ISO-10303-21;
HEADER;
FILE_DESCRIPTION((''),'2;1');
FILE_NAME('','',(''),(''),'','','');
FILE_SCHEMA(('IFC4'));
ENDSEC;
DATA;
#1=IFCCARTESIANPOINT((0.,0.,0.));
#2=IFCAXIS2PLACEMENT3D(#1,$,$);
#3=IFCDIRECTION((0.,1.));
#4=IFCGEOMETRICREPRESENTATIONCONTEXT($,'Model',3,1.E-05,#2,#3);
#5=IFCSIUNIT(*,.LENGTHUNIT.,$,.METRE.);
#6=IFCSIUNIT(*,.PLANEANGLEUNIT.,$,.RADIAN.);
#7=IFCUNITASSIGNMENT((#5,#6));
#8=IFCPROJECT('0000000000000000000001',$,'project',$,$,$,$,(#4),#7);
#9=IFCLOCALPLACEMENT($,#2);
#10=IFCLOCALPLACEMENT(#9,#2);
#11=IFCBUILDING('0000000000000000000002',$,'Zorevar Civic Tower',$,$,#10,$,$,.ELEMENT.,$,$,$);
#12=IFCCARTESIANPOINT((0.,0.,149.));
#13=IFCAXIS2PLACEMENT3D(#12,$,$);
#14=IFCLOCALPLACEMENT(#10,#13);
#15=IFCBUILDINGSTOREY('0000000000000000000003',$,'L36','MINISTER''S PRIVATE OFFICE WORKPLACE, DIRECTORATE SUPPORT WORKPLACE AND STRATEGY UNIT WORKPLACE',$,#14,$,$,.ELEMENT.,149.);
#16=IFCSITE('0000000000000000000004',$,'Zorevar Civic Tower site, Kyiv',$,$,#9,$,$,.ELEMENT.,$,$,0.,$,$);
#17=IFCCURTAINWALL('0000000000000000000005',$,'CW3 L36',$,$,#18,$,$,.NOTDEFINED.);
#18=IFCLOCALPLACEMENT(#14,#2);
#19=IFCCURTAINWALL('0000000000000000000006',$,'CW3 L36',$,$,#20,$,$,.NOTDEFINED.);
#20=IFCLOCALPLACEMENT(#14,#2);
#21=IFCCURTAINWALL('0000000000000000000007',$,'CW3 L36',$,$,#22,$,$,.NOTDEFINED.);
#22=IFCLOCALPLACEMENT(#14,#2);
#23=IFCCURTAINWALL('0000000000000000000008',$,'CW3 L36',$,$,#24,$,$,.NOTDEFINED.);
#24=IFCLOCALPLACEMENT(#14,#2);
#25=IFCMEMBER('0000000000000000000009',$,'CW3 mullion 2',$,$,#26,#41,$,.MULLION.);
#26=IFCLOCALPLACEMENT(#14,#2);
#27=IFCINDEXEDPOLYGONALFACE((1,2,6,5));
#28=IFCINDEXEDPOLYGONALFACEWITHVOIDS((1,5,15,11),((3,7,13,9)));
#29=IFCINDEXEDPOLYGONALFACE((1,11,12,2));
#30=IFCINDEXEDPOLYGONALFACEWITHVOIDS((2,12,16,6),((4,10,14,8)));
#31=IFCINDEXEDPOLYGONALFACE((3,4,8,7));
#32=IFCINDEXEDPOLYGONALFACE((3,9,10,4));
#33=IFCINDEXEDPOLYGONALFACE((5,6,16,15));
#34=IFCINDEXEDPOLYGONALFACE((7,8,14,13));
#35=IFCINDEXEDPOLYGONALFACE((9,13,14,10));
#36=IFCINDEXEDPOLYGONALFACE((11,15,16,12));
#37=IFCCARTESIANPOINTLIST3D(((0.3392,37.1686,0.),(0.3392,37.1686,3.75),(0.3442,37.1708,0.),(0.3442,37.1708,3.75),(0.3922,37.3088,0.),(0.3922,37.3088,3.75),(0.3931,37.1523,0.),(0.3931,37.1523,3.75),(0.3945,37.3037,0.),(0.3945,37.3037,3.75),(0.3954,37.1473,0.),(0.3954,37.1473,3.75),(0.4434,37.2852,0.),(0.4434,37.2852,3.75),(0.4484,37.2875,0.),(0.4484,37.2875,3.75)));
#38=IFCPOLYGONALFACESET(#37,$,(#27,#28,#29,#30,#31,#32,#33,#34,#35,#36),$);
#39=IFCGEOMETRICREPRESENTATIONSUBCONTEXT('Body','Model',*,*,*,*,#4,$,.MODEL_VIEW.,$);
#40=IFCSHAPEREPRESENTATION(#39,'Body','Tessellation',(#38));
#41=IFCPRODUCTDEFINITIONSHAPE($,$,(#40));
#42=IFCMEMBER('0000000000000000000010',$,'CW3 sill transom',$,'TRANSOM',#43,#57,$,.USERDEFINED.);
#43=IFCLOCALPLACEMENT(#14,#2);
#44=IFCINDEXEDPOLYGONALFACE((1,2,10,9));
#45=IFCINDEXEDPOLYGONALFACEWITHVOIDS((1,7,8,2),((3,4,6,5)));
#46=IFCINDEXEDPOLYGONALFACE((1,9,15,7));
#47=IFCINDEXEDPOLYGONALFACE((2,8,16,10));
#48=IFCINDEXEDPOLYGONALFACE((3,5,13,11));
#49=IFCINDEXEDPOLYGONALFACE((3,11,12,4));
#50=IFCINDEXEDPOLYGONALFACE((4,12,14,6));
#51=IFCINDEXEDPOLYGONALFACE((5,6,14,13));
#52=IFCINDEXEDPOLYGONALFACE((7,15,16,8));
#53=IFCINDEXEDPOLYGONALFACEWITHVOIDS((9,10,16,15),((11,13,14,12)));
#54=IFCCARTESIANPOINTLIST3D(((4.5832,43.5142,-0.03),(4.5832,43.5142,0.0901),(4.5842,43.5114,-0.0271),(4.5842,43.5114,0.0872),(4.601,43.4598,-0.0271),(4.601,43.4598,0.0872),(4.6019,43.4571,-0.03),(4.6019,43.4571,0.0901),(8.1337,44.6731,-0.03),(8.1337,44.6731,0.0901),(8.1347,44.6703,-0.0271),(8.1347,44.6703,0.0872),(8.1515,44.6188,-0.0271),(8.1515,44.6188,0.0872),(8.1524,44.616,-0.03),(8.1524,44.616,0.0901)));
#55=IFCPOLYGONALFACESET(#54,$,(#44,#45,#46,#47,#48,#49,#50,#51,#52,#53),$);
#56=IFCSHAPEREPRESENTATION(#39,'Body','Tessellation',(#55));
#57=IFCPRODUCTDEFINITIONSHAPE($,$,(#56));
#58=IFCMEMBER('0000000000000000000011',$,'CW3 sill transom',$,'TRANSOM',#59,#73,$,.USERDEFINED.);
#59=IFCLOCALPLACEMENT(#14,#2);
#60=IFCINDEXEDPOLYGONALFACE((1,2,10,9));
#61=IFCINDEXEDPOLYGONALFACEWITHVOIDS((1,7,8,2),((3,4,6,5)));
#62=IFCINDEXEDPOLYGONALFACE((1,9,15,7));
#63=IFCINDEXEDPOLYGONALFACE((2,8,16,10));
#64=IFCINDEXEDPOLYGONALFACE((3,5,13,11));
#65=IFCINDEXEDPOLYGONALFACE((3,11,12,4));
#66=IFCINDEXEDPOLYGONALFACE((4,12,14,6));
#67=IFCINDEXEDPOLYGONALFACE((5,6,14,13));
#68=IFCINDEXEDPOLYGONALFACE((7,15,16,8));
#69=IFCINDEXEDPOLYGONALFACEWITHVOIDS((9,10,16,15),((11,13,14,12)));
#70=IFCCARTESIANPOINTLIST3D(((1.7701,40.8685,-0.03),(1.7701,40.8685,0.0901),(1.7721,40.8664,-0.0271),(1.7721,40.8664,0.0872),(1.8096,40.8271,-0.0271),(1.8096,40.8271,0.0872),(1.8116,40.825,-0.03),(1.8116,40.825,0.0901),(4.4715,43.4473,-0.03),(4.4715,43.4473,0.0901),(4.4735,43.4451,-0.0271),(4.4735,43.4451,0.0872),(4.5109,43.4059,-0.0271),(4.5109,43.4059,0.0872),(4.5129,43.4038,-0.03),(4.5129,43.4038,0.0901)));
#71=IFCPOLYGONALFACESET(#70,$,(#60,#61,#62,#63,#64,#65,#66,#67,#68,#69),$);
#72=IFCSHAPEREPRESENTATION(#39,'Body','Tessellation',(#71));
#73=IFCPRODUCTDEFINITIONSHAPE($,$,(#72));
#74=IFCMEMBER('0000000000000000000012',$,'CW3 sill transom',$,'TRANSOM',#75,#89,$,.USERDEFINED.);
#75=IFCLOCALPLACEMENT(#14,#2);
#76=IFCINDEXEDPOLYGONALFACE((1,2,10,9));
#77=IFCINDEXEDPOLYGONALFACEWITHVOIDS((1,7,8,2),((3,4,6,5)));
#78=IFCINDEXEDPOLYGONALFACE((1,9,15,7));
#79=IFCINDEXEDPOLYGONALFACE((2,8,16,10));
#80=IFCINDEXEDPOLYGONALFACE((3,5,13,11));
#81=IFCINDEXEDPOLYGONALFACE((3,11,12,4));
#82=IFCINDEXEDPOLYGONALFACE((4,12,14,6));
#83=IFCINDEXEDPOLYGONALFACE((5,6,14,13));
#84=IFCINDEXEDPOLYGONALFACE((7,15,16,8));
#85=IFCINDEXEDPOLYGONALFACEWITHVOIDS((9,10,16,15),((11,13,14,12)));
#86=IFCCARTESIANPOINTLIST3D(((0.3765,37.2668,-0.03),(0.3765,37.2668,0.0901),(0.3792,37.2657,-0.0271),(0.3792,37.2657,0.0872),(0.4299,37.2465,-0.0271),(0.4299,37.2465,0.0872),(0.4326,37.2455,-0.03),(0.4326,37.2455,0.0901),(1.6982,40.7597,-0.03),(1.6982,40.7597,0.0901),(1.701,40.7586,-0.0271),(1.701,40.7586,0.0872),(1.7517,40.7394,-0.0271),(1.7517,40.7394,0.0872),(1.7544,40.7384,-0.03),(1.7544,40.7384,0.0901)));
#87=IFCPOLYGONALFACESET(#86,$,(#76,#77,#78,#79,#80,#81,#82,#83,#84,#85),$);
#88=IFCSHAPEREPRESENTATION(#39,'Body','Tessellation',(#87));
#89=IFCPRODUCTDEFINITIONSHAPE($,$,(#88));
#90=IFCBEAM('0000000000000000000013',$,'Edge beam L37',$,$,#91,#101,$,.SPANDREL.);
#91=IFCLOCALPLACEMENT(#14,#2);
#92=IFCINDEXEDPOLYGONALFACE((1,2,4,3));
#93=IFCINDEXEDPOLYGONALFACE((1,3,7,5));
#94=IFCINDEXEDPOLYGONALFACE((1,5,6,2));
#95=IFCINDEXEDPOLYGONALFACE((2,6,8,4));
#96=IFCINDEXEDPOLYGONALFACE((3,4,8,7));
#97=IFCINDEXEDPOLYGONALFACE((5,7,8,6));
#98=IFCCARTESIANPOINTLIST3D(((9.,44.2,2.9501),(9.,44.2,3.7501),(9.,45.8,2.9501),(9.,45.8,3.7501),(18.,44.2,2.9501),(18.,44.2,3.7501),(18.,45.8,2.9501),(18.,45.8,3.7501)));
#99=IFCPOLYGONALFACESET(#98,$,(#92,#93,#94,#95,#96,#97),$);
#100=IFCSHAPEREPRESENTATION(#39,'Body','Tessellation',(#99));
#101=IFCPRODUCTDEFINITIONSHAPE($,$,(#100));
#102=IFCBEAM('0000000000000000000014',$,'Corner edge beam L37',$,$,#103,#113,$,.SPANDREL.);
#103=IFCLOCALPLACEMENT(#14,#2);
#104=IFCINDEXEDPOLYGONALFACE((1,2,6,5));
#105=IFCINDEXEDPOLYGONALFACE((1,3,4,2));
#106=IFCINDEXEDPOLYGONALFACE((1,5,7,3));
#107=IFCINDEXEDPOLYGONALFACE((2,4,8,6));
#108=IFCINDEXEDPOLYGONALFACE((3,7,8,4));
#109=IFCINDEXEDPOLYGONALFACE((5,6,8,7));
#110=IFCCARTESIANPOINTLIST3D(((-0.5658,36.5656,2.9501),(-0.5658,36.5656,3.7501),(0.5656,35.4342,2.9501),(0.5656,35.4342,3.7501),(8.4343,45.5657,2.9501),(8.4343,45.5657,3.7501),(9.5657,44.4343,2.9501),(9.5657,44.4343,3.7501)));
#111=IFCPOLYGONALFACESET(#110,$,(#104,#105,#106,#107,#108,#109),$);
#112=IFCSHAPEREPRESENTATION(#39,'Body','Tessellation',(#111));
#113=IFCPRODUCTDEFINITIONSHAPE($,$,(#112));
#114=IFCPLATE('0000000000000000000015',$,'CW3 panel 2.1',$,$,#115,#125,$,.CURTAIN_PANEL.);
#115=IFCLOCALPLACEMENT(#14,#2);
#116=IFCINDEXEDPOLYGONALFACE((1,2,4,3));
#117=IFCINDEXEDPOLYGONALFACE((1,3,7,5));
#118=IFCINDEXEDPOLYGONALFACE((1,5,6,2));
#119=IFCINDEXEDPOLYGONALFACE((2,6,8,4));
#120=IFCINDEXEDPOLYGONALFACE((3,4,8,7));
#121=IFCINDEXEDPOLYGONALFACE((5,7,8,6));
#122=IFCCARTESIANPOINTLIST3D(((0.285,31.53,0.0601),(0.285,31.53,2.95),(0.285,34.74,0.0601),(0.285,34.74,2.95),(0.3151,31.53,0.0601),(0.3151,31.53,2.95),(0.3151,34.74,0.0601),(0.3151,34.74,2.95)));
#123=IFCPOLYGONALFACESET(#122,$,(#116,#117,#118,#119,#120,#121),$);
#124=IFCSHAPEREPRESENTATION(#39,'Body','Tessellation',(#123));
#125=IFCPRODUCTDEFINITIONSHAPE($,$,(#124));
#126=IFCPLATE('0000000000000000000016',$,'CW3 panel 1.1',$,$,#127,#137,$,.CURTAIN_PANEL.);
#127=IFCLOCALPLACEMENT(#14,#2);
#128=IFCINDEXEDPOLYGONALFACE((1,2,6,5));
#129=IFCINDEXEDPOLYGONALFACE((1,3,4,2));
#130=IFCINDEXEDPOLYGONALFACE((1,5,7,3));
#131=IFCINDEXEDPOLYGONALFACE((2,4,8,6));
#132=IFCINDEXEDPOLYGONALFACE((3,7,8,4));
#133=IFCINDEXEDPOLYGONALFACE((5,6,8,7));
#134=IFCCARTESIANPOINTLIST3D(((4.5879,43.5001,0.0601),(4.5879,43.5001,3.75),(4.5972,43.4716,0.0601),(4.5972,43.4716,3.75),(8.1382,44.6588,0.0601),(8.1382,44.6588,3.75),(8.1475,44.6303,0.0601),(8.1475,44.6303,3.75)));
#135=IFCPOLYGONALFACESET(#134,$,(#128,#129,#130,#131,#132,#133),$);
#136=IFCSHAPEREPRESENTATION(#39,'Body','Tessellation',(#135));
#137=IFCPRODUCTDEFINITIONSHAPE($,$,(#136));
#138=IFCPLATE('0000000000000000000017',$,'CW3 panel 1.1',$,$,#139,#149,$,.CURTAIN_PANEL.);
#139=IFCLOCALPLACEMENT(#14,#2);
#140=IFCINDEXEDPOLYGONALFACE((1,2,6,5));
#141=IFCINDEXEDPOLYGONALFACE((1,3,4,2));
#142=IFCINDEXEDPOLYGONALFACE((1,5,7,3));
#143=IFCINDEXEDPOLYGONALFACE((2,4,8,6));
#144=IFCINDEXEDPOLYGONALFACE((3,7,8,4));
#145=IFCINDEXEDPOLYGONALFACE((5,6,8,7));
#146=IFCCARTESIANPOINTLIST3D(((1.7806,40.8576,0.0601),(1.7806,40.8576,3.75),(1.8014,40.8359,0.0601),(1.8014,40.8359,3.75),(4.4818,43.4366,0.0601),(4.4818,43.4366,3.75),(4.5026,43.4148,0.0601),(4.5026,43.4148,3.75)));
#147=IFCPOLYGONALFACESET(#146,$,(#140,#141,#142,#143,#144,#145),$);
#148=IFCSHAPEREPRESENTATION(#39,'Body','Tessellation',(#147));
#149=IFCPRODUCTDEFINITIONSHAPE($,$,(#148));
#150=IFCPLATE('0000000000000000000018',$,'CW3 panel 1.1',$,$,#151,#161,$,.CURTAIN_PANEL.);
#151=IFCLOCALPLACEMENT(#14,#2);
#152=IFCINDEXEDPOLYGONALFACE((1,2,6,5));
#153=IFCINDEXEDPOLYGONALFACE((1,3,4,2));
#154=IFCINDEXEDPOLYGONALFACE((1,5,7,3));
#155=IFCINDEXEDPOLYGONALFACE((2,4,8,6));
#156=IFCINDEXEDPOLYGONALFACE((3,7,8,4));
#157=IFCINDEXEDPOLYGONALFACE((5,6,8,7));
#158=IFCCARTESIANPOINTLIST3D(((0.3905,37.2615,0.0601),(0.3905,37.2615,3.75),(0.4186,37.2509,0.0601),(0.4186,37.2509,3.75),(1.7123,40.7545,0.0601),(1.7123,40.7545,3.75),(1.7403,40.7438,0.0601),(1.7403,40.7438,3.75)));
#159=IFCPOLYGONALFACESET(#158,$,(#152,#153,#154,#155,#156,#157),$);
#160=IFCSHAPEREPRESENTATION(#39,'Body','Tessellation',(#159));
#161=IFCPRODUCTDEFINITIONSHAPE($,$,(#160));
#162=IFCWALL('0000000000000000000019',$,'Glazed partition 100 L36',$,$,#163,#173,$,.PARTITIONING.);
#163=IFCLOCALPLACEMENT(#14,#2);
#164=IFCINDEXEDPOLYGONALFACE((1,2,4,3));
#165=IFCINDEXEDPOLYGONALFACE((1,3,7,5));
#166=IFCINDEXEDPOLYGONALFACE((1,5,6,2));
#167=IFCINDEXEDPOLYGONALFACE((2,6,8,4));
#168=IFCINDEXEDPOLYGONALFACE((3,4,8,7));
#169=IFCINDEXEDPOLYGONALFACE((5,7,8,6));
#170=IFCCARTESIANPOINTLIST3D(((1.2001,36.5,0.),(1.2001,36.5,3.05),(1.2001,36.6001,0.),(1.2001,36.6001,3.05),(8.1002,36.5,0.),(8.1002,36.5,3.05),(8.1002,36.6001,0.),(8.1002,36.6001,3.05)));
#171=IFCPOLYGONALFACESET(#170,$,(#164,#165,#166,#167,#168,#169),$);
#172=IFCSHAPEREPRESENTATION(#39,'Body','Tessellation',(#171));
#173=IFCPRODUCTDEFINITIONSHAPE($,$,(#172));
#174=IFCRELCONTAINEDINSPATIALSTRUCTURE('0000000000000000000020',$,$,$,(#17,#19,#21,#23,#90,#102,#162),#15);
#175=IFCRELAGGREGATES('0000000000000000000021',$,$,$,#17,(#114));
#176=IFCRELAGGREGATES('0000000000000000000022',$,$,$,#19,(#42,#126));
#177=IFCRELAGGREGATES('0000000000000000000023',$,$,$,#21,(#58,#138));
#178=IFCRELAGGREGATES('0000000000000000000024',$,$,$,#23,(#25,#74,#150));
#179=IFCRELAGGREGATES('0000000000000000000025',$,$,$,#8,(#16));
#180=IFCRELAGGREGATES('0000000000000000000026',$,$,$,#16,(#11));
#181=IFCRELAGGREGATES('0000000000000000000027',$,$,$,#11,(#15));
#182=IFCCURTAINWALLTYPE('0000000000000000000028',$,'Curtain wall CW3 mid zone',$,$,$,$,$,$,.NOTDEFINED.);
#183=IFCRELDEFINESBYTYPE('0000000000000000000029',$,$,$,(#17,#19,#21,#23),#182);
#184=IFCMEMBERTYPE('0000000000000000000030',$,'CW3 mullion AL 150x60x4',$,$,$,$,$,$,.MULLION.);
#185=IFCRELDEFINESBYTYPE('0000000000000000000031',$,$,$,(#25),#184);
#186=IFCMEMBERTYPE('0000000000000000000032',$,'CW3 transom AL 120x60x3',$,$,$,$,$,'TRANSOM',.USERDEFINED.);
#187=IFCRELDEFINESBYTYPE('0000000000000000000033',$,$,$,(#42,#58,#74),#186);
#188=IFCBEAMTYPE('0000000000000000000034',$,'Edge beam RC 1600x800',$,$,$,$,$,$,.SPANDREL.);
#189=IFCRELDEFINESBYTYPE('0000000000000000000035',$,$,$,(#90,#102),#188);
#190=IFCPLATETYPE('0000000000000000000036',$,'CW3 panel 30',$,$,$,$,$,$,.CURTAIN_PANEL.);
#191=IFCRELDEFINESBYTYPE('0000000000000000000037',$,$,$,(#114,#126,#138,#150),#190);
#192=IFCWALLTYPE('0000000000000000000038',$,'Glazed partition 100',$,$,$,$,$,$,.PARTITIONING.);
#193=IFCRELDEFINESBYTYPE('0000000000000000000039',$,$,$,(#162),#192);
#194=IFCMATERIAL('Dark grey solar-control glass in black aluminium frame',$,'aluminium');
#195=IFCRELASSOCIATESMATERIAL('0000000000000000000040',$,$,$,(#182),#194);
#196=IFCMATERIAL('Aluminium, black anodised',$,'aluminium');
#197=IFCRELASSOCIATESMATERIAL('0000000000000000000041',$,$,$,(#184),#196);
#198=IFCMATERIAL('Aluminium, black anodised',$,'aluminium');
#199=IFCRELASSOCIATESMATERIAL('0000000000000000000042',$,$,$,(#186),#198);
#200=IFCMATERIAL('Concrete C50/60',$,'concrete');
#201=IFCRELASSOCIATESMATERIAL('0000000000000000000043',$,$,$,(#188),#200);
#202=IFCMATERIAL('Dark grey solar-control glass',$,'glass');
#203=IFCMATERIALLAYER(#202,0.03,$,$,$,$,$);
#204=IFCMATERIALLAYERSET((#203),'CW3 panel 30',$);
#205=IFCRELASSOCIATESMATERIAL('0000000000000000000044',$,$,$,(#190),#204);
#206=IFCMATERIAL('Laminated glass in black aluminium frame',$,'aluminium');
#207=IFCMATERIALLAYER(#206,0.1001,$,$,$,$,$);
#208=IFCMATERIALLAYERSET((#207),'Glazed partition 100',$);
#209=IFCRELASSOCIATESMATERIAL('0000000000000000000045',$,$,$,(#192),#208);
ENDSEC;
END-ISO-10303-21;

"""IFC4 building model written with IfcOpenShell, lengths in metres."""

from ifc_helpers import new_model, si_unit, direction, frame, frame_2d, origin, origin_2d, place, context, subcontext, project, spatial, rectangle, hollow_rectangle, extrude, material, layer, layer_set, material_profile, profile_set, type_object, element, aggregate, save


model = new_model("IFC4")

# Units and contexts
model_context = context("Model", 3, precision=1e-05, world=origin(), true_north=direction((0.0, 1.0)))
body_context = subcontext(model_context, "Body", "Model", "MODEL_VIEW")
ifc_project = project(units=[si_unit("LENGTHUNIT", "METRE"), si_unit("PLANEANGLEUNIT", "RADIAN")], contexts=[model_context])

# Site, building, storey
site_placement = place(None, origin())
site = spatial("IfcSite", under=ifc_project, at=site_placement, Name="Zorevar Civic Tower site, Kyiv", CompositionType="ELEMENT", RefElevation=0.0)
building_placement = place(site_placement, origin())
building = spatial("IfcBuilding", under=site, at=building_placement, Name="Zorevar Civic Tower", CompositionType="ELEMENT")
storey_placement = place(building_placement, frame((0.0, 0.0, 149.0)))
storey = spatial("IfcBuildingStorey", under=building, at=storey_placement, Name="L36", Description="MINISTER'S PRIVATE OFFICE WORKPLACE, DIRECTORATE SUPPORT WORKPLACE AND STRATEGY UNIT WORKPLACE", CompositionType="ELEMENT", Elevation=149.0)

# Curtain wall
ifc_material_1 = material(Name="Dark grey solar-control glass in black aluminium frame", Category="aluminium")
curtain_wall_type = type_object("IfcCurtainWallType", Name="Curtain wall CW3 mid zone", PredefinedType="NOTDEFINED", material=ifc_material_1)
curtain_wall_1_placement = place(storey_placement, origin())
curtain_wall_1 = element("IfcCurtainWall", 1, at=curtain_wall_1_placement, inside=storey, type_object=curtain_wall_type, Name="CW3 L36", PredefinedType="NOTDEFINED")
ifc_material_2 = material(Name="Aluminium, black anodised", Category="aluminium")
ifc_material_profile_1 = material_profile(ifc_material_2, hollow_rectangle(XDim=0.0601, YDim=0.1499, WallThickness=0.0039, at=origin_2d()), Name="AL 150x60x4")
ifc_profile_set_1 = profile_set([ifc_material_profile_1], Name="Aluminium, black anodised")
member_type_1 = type_object("IfcMemberType", Name="CW3 mullion AL 150x60x4", PredefinedType="MULLION", material=ifc_profile_set_1)

# Curtain walls, member
curtain_wall_2_placement = place(storey_placement, origin())
curtain_wall_2 = element("IfcCurtainWall", 2, at=curtain_wall_2_placement, inside=storey, type_object=curtain_wall_type, Name="CW3 L36", PredefinedType="NOTDEFINED")
curtain_wall_3_placement = place(storey_placement, origin())
curtain_wall_3 = element("IfcCurtainWall", 3, at=curtain_wall_3_placement, inside=storey, type_object=curtain_wall_type, Name="CW3 L36", PredefinedType="NOTDEFINED")
curtain_wall_4_placement = place(storey_placement, origin())
curtain_wall_4 = element("IfcCurtainWall", 4, at=curtain_wall_4_placement, inside=storey, type_object=curtain_wall_type, Name="CW3 L36", PredefinedType="NOTDEFINED")
member_1_placement = place(storey_placement, frame((0.3938, 37.228, 0.0), z_axis=(0.0, 0.0, 1.0), x_axis=(0.935277, -0.353918, 0.0)))
member_1 = element("IfcMember", 5, at=member_1_placement, type_object=member_type_1, Name="CW3 mullion 2", PredefinedType="MULLION", context=body_context, shape_type="SweptSolid", body=[
    extrude(hollow_rectangle(XDim=0.0601, YDim=0.1499, WallThickness=0.0039, at=origin_2d()), origin(), (0.0, 0.0, 1.0), 3.75),
])

# Members
ifc_material_3 = material(Name="Aluminium, black anodised", Category="aluminium")
ifc_material_profile_2 = material_profile(ifc_material_3, hollow_rectangle(XDim=0.0601, YDim=0.1201, WallThickness=0.0029, at=origin_2d()), Name="AL 120x60x3")
ifc_profile_set_2 = profile_set([ifc_material_profile_2], Name="Aluminium, black anodised")
member_type_2 = type_object("IfcMemberType", Name="CW3 transom AL 120x60x3", ElementType="TRANSOM", PredefinedType="USERDEFINED", material=ifc_profile_set_2)
member_2_placement = place(storey_placement, frame((8.1431, 44.6445, 0.03), z_axis=(-0.950639, -0.310299, 0.0), x_axis=(0.310299, -0.950639, 0.0)))
member_2 = element("IfcMember", 6, at=member_2_placement, type_object=member_type_2, Name="CW3 sill transom", ObjectType="TRANSOM", PredefinedType="USERDEFINED", context=body_context, shape_type="SweptSolid", body=[
    extrude(hollow_rectangle(XDim=0.0601, YDim=0.1201, WallThickness=0.0029, at=origin_2d()), origin(), (0.0, 0.0, 1.0), 3.7349),
])
member_3_placement = place(storey_placement, frame((4.4922, 43.4255, 0.03), z_axis=(-0.723324, -0.690508, 0.0), x_axis=(0.690508, -0.723324, 0.0)))
member_3 = element("IfcMember", 7, at=member_3_placement, type_object=member_type_2, Name="CW3 sill transom", ObjectType="TRANSOM", PredefinedType="USERDEFINED", context=body_context, shape_type="SweptSolid", body=[
    extrude(hollow_rectangle(XDim=0.0601, YDim=0.1201, WallThickness=0.0029, at=origin_2d()), origin(), (0.0, 0.0, 1.0), 3.7346),
])
member_4_placement = place(storey_placement, frame((1.7263, 40.749, 0.03), z_axis=(-0.353923, -0.935275, 0.0), x_axis=(0.935275, -0.353923, 0.0)))
member_4 = element("IfcMember", 8, at=member_4_placement, type_object=member_type_2, Name="CW3 sill transom", ObjectType="TRANSOM", PredefinedType="USERDEFINED", context=body_context, shape_type="SweptSolid", body=[
    extrude(hollow_rectangle(XDim=0.0601, YDim=0.1201, WallThickness=0.0029, at=origin_2d()), origin(), (0.0, 0.0, 1.0), 3.7346),
])

# Beams
ifc_material_4 = material(Name="Concrete C50/60", Category="concrete")
ifc_material_profile_3 = material_profile(ifc_material_4, rectangle(XDim=1.6001, YDim=0.8, at=origin_2d()), Name="RC 1600x800")
ifc_profile_set_3 = profile_set([ifc_material_profile_3], Name="Concrete C50/60")
beam_type_1 = type_object("IfcBeamType", Name="Edge beam RC 1600x800", PredefinedType="SPANDREL", material=ifc_profile_set_3)
beam_1_placement = place(storey_placement, frame((9.0, 45.0, 3.3501), z_axis=(1.0, 0.0, 0.0), x_axis=(0.0, 1.0, 0.0)))
element("IfcBeam", 9, at=beam_1_placement, inside=storey, type_object=beam_type_1, Name="Edge beam L37", PredefinedType="SPANDREL", context=body_context, shape_type="SweptSolid", body=[
    extrude(rectangle(XDim=1.6001, YDim=0.8, at=origin_2d()), origin(), (0.0, 0.0, 1.0), 9.0),
])
beam_2_placement = place(storey_placement, frame((9.0, 45.0, 3.3501), z_axis=(-0.707107, -0.707107, 0.0), x_axis=(0.707107, -0.707107, 0.0)))
element("IfcBeam", 10, at=beam_2_placement, inside=storey, type_object=beam_type_1, Name="Corner edge beam L37", PredefinedType="SPANDREL", context=body_context, shape_type="SweptSolid", body=[
    extrude(rectangle(XDim=1.6001, YDim=0.8, at=origin_2d()), origin(), (0.0, 0.0, 1.0), 12.728),
])

# Plates
ifc_material_5 = material(Name="Dark grey solar-control glass", Category="glass")
ifc_layer_1 = layer(ifc_material_5, 0.03)
ifc_layer_set_1 = layer_set([ifc_layer_1], Name="CW3 panel 30")
plate_type = type_object("IfcPlateType", Name="CW3 panel 30", PredefinedType="CURTAIN_PANEL", material=ifc_layer_set_1)
plate_1_placement = place(storey_placement, frame((0.3, 33.135, 0.0601), z_axis=(0.0, 0.0, 1.0), x_axis=(0.0, 1.0, 0.0)))
plate_1 = element("IfcPlate", 11, at=plate_1_placement, type_object=plate_type, Name="CW3 panel 2.1", PredefinedType="CURTAIN_PANEL", context=body_context, shape_type="SweptSolid", body=[
    extrude(rectangle(XDim=3.21, YDim=0.03, at=origin_2d()), origin(), (0.0, 0.0, 1.0), 2.8899),
])
aggregate(curtain_wall_1, [plate_1])
plate_2_placement = place(storey_placement, frame((6.3677, 44.0652, 0.0601), z_axis=(0.0, 0.0, 1.0), x_axis=(-0.950651, -0.310263, 0.0)))
plate_2 = element("IfcPlate", 12, at=plate_2_placement, type_object=plate_type, Name="CW3 panel 1.1", PredefinedType="CURTAIN_PANEL", context=body_context, shape_type="SweptSolid", body=[
    extrude(rectangle(XDim=3.7346, YDim=0.03, at=origin_2d()), origin(), (0.0, 0.0, 1.0), 3.6899),
])
aggregate(curtain_wall_2, [member_2, plate_2])
plate_3_placement = place(storey_placement, frame((3.1416, 42.1362, 0.0601), z_axis=(0.0, 0.0, 1.0), x_axis=(-0.723289, -0.690545, 0.0)))
plate_3 = element("IfcPlate", 13, at=plate_3_placement, type_object=plate_type, Name="CW3 panel 1.1", PredefinedType="CURTAIN_PANEL", context=body_context, shape_type="SweptSolid", body=[
    extrude(rectangle(XDim=3.7346, YDim=0.03, at=origin_2d()), origin(), (0.0, 0.0, 1.0), 3.6899),
])
aggregate(curtain_wall_3, [member_3, plate_3])
plate_4_placement = place(storey_placement, frame((1.0654, 39.0027, 0.0601), z_axis=(0.0, 0.0, 1.0), x_axis=(-0.353918, -0.935277, 0.0)))
plate_4 = element("IfcPlate", 14, at=plate_4_placement, type_object=plate_type, Name="CW3 panel 1.1", PredefinedType="CURTAIN_PANEL", context=body_context, shape_type="SweptSolid", body=[
    extrude(rectangle(XDim=3.7346, YDim=0.03, at=origin_2d()), origin(), (0.0, 0.0, 1.0), 3.6899),
])
aggregate(curtain_wall_4, [member_1, member_4, plate_4])

# Wall
ifc_material_6 = material(Name="Laminated glass in black aluminium frame", Category="aluminium")
ifc_layer_2 = layer(ifc_material_6, 0.1001)
ifc_layer_set_2 = layer_set([ifc_layer_2], Name="Glazed partition 100")
wall_type_1 = type_object("IfcWallType", Name="Glazed partition 100", PredefinedType="PARTITIONING", material=ifc_layer_set_2)
wall_1_placement = place(storey_placement, frame((1.2, 36.55, 0.0), z_axis=(0.0, 0.0, 1.0), x_axis=(1.0, 0.0, 0.0)))
element("IfcWall", 15, at=wall_1_placement, inside=storey, type_object=wall_type_1, Name="Glazed partition 100 L36", PredefinedType="PARTITIONING", context=body_context, shape_type="SweptSolid", body=[
    extrude(rectangle(XDim=6.9001, YDim=0.1001, at=frame_2d((3.4502, 0.0))), origin(), (0.0, 0.0, 1.0), 3.05),
])

save(model, "model.ifc")
